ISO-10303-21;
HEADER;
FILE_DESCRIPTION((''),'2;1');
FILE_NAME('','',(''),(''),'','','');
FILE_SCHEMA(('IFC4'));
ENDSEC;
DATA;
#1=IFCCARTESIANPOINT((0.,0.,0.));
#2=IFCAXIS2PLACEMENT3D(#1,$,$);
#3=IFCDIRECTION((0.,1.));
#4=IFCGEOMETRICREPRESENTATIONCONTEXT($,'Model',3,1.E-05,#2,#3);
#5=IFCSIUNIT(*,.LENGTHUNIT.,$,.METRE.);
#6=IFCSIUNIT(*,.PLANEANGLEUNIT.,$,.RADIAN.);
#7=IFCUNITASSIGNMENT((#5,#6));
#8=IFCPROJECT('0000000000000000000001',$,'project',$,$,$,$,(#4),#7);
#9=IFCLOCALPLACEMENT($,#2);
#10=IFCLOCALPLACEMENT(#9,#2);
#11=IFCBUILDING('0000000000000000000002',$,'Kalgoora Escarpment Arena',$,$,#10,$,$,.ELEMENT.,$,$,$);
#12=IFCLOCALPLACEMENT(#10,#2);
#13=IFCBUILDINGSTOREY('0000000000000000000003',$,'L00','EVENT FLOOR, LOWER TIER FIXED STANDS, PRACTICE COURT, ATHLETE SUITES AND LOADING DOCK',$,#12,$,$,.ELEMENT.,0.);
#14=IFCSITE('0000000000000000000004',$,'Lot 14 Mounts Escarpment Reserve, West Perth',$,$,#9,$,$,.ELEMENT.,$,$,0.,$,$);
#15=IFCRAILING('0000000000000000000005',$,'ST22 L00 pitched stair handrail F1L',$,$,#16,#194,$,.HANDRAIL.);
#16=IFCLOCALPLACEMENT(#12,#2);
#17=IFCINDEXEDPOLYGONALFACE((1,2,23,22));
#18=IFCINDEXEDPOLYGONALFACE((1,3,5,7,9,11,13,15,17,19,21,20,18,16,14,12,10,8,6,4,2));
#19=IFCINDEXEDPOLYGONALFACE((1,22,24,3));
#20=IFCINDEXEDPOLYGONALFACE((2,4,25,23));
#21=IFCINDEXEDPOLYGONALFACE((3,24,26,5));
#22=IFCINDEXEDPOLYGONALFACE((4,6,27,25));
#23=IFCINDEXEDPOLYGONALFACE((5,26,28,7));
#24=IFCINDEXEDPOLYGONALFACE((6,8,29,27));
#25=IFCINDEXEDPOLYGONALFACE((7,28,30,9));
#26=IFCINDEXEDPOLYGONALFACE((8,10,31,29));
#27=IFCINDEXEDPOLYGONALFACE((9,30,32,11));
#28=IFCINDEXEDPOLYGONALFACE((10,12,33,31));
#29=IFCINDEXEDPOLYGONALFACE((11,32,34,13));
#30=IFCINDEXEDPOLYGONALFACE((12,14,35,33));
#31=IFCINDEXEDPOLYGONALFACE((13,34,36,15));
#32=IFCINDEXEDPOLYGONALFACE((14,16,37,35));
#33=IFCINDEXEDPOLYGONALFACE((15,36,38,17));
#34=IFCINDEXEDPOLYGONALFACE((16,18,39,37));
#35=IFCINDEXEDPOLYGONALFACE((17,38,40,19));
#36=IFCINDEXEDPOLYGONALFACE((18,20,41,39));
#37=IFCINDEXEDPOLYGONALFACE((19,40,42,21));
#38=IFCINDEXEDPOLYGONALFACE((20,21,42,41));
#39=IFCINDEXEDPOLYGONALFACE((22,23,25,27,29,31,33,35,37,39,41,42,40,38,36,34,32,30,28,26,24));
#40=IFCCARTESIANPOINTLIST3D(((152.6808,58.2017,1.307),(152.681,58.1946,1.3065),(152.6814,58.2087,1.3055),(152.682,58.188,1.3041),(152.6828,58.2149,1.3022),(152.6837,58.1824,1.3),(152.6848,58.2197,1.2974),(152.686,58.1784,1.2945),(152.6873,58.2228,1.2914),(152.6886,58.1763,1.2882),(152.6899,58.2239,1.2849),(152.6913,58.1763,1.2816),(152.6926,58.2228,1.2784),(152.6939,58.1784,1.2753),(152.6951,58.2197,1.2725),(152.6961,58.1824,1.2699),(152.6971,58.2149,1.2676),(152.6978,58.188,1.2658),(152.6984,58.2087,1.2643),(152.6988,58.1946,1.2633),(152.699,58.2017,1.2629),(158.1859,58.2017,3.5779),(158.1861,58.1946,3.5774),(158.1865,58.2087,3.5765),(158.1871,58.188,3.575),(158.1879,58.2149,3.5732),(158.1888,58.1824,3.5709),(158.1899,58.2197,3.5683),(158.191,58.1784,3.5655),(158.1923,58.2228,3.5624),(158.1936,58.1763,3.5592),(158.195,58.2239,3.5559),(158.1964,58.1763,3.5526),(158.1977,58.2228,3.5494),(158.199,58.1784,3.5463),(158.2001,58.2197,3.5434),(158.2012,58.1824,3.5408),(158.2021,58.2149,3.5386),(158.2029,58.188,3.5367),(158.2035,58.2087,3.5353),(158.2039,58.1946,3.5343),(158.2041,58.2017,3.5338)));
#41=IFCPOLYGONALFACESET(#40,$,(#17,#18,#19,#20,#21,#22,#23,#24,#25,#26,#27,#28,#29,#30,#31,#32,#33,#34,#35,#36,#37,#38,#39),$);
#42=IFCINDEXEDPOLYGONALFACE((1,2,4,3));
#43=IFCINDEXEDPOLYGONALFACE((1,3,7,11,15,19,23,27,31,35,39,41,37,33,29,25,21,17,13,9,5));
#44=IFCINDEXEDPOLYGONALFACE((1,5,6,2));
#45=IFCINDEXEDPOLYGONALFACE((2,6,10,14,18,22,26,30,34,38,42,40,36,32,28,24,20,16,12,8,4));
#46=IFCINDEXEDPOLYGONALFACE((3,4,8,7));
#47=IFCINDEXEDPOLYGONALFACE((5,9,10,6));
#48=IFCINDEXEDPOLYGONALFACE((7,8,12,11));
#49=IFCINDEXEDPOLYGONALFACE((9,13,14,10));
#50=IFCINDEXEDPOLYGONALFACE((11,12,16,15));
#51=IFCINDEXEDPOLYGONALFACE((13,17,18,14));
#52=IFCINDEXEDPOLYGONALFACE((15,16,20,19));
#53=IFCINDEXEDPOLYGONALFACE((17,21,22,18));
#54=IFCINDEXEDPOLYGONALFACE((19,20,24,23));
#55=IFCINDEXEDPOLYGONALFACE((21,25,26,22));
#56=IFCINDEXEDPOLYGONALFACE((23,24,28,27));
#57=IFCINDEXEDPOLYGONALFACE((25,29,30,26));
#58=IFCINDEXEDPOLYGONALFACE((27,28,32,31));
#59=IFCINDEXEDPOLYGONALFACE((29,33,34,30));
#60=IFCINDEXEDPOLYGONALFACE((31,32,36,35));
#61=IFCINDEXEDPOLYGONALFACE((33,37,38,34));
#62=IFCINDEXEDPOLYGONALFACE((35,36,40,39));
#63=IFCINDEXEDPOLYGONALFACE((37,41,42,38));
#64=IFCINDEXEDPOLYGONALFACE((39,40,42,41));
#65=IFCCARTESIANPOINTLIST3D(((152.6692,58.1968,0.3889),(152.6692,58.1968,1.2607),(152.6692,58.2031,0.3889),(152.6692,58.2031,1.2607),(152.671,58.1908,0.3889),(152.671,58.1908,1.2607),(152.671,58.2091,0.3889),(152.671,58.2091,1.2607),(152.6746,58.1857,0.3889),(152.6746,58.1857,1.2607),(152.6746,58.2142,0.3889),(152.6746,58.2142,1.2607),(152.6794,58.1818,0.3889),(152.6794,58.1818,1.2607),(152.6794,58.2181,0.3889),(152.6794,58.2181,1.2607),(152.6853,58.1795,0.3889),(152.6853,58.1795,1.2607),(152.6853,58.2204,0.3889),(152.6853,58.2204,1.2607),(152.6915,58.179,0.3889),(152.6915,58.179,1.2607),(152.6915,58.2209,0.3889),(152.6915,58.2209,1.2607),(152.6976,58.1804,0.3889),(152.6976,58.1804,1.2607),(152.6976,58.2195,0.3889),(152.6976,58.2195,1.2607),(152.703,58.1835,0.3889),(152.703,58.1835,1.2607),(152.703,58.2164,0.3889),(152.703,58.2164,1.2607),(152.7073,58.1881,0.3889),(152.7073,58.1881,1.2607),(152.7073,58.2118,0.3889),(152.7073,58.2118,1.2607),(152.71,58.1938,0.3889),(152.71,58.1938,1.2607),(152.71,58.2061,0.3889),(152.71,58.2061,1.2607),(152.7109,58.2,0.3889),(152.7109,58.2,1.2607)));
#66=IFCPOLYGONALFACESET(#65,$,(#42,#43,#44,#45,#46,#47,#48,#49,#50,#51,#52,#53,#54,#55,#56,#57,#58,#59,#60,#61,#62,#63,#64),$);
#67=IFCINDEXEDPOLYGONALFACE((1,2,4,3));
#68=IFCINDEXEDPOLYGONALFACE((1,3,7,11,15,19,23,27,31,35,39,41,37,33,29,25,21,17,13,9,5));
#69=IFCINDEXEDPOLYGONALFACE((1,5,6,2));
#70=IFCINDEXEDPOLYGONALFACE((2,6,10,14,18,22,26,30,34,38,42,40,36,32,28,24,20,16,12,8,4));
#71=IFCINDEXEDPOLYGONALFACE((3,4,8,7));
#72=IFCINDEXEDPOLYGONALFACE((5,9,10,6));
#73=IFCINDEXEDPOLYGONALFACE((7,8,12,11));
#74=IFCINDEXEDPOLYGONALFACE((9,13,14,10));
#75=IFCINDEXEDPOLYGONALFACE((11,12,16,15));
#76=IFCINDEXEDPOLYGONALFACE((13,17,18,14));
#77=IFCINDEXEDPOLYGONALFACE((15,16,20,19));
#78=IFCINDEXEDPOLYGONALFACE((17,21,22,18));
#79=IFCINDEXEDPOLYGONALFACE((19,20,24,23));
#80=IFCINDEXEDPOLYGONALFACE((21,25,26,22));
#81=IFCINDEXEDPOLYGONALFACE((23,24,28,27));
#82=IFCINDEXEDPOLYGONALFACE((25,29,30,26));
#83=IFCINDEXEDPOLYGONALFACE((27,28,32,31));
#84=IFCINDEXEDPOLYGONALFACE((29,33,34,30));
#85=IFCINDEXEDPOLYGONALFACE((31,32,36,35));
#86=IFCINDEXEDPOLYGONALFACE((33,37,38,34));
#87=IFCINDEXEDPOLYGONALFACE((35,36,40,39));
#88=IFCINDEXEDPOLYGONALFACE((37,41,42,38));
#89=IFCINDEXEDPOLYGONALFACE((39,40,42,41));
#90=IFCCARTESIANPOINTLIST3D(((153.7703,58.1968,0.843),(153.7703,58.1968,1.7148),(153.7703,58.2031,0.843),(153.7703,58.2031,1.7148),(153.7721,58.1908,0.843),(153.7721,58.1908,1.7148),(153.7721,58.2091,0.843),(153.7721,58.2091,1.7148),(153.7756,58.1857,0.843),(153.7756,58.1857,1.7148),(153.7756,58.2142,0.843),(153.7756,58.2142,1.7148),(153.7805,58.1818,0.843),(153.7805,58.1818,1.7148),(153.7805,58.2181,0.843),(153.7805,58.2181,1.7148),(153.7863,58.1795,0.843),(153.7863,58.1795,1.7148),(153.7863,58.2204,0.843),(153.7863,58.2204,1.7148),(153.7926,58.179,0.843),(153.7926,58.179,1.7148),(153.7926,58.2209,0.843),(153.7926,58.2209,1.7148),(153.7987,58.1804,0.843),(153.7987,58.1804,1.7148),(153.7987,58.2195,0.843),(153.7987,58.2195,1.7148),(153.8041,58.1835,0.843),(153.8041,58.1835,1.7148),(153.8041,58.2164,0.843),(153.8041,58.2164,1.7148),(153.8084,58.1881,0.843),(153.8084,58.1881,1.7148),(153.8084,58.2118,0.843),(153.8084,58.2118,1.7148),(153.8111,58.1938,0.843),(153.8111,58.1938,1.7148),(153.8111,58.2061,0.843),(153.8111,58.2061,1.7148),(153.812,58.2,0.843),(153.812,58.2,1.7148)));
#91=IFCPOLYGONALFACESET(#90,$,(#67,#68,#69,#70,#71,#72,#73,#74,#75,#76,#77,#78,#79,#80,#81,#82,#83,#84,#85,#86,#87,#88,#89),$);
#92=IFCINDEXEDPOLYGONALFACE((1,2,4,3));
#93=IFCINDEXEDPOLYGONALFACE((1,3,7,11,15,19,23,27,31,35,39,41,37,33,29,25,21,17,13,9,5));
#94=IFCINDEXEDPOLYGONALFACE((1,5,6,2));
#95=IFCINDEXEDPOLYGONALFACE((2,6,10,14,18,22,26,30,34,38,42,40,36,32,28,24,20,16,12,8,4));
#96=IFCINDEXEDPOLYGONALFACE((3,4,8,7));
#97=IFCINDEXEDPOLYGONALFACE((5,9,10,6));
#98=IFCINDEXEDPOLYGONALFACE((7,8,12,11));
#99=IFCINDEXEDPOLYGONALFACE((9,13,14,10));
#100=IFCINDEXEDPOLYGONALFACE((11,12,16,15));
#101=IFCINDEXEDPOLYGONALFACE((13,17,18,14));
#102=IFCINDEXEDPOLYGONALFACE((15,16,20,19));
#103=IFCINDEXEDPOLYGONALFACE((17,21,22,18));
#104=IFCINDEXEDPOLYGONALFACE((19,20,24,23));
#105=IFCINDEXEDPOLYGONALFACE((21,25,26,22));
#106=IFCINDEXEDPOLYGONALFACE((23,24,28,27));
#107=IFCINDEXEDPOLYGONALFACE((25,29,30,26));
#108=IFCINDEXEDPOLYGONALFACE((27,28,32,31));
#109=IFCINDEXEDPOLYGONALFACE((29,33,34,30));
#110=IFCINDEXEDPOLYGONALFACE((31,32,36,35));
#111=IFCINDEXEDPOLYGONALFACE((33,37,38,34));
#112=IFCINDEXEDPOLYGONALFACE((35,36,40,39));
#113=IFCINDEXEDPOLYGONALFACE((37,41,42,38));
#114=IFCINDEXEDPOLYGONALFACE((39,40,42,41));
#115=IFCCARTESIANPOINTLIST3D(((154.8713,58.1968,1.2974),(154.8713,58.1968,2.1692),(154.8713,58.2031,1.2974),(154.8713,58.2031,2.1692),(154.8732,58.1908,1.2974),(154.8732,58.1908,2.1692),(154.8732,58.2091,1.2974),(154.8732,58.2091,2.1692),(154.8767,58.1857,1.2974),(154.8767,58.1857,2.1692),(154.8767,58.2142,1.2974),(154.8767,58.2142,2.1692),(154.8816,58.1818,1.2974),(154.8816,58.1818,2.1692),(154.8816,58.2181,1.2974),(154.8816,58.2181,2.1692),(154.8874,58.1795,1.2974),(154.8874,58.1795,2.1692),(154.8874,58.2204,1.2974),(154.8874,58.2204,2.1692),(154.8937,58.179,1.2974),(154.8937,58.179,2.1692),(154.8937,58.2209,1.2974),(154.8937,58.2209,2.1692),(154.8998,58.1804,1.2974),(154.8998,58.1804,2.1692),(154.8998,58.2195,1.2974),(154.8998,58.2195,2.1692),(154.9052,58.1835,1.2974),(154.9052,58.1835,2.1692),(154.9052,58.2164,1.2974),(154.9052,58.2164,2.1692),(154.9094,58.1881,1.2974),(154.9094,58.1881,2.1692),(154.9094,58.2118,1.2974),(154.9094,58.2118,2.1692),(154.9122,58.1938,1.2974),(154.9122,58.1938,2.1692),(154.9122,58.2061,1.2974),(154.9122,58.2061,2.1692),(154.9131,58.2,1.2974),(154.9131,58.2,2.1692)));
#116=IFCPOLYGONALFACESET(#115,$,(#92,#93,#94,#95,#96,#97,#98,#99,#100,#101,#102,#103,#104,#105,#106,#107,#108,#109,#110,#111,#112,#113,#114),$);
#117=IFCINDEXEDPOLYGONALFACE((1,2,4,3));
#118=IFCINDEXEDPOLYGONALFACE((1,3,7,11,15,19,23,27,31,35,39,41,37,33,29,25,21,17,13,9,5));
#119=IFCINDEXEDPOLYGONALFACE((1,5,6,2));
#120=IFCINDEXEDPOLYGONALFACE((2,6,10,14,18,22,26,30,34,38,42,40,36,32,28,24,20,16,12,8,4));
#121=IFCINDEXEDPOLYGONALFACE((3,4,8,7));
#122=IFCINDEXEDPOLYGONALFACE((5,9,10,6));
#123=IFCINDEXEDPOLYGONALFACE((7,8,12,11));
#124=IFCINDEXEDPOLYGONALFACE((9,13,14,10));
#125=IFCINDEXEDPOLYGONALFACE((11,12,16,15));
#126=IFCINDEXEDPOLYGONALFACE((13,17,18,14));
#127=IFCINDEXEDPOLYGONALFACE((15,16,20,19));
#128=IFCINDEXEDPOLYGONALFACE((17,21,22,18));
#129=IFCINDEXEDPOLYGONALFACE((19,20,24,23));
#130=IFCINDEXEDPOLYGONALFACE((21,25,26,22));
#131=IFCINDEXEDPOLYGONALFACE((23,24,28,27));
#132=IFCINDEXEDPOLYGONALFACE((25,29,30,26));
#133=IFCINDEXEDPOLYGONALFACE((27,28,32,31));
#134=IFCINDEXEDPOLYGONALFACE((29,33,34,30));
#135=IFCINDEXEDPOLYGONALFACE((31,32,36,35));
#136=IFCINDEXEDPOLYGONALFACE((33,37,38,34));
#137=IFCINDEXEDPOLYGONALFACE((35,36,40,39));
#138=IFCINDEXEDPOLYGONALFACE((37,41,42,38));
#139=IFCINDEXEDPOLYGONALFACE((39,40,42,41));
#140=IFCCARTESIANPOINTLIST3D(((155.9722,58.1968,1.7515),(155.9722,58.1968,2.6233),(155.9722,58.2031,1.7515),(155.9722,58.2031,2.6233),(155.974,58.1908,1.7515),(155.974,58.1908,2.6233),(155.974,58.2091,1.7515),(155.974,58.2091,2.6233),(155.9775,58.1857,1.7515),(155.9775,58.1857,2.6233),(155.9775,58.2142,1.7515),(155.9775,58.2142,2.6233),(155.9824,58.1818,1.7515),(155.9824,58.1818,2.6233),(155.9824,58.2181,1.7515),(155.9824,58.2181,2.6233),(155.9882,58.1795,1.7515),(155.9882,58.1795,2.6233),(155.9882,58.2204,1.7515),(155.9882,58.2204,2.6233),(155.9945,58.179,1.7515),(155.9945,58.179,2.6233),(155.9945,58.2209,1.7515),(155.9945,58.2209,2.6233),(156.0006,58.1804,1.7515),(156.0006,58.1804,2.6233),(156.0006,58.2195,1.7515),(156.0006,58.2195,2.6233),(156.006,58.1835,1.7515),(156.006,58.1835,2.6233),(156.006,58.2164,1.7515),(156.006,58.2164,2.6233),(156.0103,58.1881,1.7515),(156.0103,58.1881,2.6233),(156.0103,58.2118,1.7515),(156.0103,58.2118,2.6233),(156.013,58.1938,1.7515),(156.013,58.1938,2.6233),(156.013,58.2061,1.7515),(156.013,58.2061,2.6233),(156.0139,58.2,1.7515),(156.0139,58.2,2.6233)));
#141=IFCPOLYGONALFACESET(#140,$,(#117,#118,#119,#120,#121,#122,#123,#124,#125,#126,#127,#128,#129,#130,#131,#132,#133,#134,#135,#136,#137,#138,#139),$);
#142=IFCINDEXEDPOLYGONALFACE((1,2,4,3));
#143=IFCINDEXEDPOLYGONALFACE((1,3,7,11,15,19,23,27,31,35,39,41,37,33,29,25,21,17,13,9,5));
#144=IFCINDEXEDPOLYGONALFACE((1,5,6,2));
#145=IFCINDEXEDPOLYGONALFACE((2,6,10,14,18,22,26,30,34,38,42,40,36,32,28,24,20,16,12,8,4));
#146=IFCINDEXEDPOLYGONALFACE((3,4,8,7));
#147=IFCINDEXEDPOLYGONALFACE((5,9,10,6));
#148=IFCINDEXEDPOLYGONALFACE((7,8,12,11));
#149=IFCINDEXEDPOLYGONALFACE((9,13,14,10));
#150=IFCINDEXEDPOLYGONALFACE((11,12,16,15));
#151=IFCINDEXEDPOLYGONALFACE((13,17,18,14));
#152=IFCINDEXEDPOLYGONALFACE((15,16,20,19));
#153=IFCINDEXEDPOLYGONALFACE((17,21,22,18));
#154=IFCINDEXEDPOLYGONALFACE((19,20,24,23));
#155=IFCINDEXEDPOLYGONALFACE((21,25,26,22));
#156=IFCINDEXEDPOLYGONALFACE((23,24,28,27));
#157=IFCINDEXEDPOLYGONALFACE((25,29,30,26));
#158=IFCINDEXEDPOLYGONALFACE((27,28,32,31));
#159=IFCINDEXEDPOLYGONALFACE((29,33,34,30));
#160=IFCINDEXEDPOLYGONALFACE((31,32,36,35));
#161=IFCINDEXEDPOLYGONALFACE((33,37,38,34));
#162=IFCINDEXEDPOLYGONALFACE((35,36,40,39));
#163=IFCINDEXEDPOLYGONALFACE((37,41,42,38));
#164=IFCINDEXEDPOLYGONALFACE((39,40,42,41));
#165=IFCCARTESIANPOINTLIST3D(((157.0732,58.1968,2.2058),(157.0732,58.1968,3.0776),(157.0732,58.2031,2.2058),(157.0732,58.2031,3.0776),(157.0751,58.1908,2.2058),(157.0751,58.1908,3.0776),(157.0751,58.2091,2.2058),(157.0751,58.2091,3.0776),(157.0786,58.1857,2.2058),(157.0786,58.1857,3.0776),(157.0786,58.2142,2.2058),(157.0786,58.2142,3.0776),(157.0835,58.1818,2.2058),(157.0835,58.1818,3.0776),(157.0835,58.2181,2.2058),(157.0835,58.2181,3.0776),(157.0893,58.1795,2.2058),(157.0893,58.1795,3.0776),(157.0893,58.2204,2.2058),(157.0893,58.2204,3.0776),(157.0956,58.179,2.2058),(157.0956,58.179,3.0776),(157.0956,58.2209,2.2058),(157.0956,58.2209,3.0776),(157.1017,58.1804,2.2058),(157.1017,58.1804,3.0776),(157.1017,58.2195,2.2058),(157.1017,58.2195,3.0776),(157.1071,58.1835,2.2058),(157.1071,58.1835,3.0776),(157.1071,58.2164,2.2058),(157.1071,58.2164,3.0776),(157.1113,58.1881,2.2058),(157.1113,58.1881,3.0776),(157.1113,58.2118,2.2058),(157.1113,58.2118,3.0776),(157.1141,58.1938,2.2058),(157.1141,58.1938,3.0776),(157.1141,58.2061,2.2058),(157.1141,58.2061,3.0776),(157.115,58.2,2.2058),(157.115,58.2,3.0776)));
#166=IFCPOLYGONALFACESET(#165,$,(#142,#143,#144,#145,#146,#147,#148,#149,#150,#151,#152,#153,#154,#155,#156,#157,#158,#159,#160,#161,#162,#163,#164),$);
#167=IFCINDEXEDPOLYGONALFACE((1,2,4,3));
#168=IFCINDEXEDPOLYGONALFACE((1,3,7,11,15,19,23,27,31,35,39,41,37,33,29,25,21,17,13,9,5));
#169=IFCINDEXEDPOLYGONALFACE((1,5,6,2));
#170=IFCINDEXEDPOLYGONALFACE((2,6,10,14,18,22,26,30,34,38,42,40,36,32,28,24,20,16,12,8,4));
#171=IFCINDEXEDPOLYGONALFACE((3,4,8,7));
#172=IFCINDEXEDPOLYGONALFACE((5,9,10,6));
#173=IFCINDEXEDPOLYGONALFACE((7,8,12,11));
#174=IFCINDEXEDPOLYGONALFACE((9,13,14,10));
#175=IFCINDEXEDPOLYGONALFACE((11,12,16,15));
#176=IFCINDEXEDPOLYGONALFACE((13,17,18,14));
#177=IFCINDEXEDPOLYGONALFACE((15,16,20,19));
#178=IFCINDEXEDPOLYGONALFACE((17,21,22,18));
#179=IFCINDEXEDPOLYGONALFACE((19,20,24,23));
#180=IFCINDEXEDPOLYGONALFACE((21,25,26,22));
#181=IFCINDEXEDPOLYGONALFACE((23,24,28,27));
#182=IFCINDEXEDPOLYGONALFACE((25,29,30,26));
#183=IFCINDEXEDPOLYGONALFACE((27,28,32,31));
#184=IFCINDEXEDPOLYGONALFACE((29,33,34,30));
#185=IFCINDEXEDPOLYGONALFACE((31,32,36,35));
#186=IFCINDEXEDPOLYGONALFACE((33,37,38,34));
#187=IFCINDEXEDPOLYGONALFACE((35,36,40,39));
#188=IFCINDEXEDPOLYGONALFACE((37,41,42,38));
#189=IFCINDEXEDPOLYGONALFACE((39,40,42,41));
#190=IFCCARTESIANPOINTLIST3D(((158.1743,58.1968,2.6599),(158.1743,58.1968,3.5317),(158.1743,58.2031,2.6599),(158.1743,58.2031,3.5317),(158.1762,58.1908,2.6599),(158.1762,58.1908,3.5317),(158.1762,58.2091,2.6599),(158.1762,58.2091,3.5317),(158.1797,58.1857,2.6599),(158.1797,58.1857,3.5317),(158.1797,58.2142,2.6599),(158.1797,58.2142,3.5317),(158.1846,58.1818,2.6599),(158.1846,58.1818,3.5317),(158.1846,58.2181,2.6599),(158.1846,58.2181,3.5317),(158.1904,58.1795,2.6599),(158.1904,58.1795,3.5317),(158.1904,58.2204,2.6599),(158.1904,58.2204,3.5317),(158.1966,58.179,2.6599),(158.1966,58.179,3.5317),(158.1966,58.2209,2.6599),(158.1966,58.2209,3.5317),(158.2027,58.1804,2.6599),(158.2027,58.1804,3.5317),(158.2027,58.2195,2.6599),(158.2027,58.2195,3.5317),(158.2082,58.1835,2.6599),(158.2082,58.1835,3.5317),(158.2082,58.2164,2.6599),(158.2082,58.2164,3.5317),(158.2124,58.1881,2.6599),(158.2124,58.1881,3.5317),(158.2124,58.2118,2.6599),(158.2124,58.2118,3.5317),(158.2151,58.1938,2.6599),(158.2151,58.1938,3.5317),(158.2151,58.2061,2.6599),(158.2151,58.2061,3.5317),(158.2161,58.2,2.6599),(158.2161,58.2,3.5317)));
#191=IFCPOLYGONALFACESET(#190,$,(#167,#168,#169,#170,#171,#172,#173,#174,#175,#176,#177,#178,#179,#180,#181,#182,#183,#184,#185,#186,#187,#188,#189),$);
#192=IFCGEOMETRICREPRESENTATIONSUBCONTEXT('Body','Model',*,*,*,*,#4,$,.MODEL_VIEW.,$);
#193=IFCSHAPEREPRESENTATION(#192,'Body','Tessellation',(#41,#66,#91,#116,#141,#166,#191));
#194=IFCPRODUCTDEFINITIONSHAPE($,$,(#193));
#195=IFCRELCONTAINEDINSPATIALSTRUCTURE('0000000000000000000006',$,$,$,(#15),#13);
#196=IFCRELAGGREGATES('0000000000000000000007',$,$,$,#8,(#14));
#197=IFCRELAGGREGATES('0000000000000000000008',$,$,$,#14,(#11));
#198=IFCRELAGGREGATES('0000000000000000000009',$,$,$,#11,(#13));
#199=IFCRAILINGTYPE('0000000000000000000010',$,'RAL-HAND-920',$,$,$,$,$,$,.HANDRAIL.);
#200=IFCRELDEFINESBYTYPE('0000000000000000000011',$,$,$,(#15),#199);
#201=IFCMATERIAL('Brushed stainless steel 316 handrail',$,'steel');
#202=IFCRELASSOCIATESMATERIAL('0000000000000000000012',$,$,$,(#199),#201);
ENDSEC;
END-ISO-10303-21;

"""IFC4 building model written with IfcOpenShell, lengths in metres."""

from ifc_helpers import new_model, si_unit, direction, frame, origin, origin_2d, place, context, subcontext, project, spatial, circle, extrude, material, type_object, element, save


model = new_model("IFC4")

# Units and contexts
model_context = context("Model", 3, precision=1e-05, world=origin(), true_north=direction((0.0, 1.0)))
body_context = subcontext(model_context, "Body", "Model", "MODEL_VIEW")
ifc_project = project(units=[si_unit("LENGTHUNIT", "METRE"), si_unit("PLANEANGLEUNIT", "RADIAN")], contexts=[model_context])

# Site, building, storey
site_placement = place(None, origin())
site = spatial("IfcSite", under=ifc_project, at=site_placement, Name="Lot 14 Mounts Escarpment Reserve, West Perth", CompositionType="ELEMENT", RefElevation=0.0)
building_placement = place(site_placement, origin())
building = spatial("IfcBuilding", under=site, at=building_placement, Name="Kalgoora Escarpment Arena", CompositionType="ELEMENT")
storey_placement = place(building_placement, origin())
storey = spatial("IfcBuildingStorey", under=building, at=storey_placement, Name="L00", Description="EVENT FLOOR, LOWER TIER FIXED STANDS, PRACTICE COURT, ATHLETE SUITES AND LOADING DOCK", CompositionType="ELEMENT", Elevation=0.0)

# Railing
ifc_material_1 = material(Name="Brushed stainless steel 316 handrail", Category="steel")
railing_type = type_object("IfcRailingType", Name="RAL-HAND-920", PredefinedType="HANDRAIL", material=ifc_material_1)
for number, where, name in (
    (1, (152.6899, 58.2, 0.3889), "ST22 L00 pitched stair handrail F1L"),
):
    element("IfcRailing", number, at=place(storey_placement, frame(where)), inside=storey, type_object=railing_type, Name=name, PredefinedType="HANDRAIL", context=body_context, shape_type="SweptSolid", body=[
        extrude(circle(Radius=0.0239, at=origin_2d()), frame((0.0, 0.0, 0.896), z_axis=(0.924431, 0.0, 0.38135), x_axis=(0.0, 1.0, 0.0)), (0.0, 0.0, 1.0), 5.9551),
        extrude(circle(Radius=0.021, at=origin_2d()), origin(), (0.0, 0.0, 1.0), 0.8718),
        extrude(circle(Radius=0.021, at=origin_2d()), frame((1.1011, 0.0, 0.4541)), (0.0, 0.0, 1.0), 0.8718),
        extrude(circle(Radius=0.021, at=origin_2d()), frame((2.2021, 0.0, 0.9084)), (0.0, 0.0, 1.0), 0.8718),
        extrude(circle(Radius=0.021, at=origin_2d()), frame((3.303, 0.0, 1.3625)), (0.0, 0.0, 1.0), 0.8718),
        extrude(circle(Radius=0.021, at=origin_2d()), frame((4.4041, 0.0, 1.8169)), (0.0, 0.0, 1.0), 0.8718),
        extrude(circle(Radius=0.021, at=origin_2d()), frame((5.5051, 0.0, 2.271)), (0.0, 0.0, 1.0), 0.8718),
    ])

save(model, "model.ifc")
